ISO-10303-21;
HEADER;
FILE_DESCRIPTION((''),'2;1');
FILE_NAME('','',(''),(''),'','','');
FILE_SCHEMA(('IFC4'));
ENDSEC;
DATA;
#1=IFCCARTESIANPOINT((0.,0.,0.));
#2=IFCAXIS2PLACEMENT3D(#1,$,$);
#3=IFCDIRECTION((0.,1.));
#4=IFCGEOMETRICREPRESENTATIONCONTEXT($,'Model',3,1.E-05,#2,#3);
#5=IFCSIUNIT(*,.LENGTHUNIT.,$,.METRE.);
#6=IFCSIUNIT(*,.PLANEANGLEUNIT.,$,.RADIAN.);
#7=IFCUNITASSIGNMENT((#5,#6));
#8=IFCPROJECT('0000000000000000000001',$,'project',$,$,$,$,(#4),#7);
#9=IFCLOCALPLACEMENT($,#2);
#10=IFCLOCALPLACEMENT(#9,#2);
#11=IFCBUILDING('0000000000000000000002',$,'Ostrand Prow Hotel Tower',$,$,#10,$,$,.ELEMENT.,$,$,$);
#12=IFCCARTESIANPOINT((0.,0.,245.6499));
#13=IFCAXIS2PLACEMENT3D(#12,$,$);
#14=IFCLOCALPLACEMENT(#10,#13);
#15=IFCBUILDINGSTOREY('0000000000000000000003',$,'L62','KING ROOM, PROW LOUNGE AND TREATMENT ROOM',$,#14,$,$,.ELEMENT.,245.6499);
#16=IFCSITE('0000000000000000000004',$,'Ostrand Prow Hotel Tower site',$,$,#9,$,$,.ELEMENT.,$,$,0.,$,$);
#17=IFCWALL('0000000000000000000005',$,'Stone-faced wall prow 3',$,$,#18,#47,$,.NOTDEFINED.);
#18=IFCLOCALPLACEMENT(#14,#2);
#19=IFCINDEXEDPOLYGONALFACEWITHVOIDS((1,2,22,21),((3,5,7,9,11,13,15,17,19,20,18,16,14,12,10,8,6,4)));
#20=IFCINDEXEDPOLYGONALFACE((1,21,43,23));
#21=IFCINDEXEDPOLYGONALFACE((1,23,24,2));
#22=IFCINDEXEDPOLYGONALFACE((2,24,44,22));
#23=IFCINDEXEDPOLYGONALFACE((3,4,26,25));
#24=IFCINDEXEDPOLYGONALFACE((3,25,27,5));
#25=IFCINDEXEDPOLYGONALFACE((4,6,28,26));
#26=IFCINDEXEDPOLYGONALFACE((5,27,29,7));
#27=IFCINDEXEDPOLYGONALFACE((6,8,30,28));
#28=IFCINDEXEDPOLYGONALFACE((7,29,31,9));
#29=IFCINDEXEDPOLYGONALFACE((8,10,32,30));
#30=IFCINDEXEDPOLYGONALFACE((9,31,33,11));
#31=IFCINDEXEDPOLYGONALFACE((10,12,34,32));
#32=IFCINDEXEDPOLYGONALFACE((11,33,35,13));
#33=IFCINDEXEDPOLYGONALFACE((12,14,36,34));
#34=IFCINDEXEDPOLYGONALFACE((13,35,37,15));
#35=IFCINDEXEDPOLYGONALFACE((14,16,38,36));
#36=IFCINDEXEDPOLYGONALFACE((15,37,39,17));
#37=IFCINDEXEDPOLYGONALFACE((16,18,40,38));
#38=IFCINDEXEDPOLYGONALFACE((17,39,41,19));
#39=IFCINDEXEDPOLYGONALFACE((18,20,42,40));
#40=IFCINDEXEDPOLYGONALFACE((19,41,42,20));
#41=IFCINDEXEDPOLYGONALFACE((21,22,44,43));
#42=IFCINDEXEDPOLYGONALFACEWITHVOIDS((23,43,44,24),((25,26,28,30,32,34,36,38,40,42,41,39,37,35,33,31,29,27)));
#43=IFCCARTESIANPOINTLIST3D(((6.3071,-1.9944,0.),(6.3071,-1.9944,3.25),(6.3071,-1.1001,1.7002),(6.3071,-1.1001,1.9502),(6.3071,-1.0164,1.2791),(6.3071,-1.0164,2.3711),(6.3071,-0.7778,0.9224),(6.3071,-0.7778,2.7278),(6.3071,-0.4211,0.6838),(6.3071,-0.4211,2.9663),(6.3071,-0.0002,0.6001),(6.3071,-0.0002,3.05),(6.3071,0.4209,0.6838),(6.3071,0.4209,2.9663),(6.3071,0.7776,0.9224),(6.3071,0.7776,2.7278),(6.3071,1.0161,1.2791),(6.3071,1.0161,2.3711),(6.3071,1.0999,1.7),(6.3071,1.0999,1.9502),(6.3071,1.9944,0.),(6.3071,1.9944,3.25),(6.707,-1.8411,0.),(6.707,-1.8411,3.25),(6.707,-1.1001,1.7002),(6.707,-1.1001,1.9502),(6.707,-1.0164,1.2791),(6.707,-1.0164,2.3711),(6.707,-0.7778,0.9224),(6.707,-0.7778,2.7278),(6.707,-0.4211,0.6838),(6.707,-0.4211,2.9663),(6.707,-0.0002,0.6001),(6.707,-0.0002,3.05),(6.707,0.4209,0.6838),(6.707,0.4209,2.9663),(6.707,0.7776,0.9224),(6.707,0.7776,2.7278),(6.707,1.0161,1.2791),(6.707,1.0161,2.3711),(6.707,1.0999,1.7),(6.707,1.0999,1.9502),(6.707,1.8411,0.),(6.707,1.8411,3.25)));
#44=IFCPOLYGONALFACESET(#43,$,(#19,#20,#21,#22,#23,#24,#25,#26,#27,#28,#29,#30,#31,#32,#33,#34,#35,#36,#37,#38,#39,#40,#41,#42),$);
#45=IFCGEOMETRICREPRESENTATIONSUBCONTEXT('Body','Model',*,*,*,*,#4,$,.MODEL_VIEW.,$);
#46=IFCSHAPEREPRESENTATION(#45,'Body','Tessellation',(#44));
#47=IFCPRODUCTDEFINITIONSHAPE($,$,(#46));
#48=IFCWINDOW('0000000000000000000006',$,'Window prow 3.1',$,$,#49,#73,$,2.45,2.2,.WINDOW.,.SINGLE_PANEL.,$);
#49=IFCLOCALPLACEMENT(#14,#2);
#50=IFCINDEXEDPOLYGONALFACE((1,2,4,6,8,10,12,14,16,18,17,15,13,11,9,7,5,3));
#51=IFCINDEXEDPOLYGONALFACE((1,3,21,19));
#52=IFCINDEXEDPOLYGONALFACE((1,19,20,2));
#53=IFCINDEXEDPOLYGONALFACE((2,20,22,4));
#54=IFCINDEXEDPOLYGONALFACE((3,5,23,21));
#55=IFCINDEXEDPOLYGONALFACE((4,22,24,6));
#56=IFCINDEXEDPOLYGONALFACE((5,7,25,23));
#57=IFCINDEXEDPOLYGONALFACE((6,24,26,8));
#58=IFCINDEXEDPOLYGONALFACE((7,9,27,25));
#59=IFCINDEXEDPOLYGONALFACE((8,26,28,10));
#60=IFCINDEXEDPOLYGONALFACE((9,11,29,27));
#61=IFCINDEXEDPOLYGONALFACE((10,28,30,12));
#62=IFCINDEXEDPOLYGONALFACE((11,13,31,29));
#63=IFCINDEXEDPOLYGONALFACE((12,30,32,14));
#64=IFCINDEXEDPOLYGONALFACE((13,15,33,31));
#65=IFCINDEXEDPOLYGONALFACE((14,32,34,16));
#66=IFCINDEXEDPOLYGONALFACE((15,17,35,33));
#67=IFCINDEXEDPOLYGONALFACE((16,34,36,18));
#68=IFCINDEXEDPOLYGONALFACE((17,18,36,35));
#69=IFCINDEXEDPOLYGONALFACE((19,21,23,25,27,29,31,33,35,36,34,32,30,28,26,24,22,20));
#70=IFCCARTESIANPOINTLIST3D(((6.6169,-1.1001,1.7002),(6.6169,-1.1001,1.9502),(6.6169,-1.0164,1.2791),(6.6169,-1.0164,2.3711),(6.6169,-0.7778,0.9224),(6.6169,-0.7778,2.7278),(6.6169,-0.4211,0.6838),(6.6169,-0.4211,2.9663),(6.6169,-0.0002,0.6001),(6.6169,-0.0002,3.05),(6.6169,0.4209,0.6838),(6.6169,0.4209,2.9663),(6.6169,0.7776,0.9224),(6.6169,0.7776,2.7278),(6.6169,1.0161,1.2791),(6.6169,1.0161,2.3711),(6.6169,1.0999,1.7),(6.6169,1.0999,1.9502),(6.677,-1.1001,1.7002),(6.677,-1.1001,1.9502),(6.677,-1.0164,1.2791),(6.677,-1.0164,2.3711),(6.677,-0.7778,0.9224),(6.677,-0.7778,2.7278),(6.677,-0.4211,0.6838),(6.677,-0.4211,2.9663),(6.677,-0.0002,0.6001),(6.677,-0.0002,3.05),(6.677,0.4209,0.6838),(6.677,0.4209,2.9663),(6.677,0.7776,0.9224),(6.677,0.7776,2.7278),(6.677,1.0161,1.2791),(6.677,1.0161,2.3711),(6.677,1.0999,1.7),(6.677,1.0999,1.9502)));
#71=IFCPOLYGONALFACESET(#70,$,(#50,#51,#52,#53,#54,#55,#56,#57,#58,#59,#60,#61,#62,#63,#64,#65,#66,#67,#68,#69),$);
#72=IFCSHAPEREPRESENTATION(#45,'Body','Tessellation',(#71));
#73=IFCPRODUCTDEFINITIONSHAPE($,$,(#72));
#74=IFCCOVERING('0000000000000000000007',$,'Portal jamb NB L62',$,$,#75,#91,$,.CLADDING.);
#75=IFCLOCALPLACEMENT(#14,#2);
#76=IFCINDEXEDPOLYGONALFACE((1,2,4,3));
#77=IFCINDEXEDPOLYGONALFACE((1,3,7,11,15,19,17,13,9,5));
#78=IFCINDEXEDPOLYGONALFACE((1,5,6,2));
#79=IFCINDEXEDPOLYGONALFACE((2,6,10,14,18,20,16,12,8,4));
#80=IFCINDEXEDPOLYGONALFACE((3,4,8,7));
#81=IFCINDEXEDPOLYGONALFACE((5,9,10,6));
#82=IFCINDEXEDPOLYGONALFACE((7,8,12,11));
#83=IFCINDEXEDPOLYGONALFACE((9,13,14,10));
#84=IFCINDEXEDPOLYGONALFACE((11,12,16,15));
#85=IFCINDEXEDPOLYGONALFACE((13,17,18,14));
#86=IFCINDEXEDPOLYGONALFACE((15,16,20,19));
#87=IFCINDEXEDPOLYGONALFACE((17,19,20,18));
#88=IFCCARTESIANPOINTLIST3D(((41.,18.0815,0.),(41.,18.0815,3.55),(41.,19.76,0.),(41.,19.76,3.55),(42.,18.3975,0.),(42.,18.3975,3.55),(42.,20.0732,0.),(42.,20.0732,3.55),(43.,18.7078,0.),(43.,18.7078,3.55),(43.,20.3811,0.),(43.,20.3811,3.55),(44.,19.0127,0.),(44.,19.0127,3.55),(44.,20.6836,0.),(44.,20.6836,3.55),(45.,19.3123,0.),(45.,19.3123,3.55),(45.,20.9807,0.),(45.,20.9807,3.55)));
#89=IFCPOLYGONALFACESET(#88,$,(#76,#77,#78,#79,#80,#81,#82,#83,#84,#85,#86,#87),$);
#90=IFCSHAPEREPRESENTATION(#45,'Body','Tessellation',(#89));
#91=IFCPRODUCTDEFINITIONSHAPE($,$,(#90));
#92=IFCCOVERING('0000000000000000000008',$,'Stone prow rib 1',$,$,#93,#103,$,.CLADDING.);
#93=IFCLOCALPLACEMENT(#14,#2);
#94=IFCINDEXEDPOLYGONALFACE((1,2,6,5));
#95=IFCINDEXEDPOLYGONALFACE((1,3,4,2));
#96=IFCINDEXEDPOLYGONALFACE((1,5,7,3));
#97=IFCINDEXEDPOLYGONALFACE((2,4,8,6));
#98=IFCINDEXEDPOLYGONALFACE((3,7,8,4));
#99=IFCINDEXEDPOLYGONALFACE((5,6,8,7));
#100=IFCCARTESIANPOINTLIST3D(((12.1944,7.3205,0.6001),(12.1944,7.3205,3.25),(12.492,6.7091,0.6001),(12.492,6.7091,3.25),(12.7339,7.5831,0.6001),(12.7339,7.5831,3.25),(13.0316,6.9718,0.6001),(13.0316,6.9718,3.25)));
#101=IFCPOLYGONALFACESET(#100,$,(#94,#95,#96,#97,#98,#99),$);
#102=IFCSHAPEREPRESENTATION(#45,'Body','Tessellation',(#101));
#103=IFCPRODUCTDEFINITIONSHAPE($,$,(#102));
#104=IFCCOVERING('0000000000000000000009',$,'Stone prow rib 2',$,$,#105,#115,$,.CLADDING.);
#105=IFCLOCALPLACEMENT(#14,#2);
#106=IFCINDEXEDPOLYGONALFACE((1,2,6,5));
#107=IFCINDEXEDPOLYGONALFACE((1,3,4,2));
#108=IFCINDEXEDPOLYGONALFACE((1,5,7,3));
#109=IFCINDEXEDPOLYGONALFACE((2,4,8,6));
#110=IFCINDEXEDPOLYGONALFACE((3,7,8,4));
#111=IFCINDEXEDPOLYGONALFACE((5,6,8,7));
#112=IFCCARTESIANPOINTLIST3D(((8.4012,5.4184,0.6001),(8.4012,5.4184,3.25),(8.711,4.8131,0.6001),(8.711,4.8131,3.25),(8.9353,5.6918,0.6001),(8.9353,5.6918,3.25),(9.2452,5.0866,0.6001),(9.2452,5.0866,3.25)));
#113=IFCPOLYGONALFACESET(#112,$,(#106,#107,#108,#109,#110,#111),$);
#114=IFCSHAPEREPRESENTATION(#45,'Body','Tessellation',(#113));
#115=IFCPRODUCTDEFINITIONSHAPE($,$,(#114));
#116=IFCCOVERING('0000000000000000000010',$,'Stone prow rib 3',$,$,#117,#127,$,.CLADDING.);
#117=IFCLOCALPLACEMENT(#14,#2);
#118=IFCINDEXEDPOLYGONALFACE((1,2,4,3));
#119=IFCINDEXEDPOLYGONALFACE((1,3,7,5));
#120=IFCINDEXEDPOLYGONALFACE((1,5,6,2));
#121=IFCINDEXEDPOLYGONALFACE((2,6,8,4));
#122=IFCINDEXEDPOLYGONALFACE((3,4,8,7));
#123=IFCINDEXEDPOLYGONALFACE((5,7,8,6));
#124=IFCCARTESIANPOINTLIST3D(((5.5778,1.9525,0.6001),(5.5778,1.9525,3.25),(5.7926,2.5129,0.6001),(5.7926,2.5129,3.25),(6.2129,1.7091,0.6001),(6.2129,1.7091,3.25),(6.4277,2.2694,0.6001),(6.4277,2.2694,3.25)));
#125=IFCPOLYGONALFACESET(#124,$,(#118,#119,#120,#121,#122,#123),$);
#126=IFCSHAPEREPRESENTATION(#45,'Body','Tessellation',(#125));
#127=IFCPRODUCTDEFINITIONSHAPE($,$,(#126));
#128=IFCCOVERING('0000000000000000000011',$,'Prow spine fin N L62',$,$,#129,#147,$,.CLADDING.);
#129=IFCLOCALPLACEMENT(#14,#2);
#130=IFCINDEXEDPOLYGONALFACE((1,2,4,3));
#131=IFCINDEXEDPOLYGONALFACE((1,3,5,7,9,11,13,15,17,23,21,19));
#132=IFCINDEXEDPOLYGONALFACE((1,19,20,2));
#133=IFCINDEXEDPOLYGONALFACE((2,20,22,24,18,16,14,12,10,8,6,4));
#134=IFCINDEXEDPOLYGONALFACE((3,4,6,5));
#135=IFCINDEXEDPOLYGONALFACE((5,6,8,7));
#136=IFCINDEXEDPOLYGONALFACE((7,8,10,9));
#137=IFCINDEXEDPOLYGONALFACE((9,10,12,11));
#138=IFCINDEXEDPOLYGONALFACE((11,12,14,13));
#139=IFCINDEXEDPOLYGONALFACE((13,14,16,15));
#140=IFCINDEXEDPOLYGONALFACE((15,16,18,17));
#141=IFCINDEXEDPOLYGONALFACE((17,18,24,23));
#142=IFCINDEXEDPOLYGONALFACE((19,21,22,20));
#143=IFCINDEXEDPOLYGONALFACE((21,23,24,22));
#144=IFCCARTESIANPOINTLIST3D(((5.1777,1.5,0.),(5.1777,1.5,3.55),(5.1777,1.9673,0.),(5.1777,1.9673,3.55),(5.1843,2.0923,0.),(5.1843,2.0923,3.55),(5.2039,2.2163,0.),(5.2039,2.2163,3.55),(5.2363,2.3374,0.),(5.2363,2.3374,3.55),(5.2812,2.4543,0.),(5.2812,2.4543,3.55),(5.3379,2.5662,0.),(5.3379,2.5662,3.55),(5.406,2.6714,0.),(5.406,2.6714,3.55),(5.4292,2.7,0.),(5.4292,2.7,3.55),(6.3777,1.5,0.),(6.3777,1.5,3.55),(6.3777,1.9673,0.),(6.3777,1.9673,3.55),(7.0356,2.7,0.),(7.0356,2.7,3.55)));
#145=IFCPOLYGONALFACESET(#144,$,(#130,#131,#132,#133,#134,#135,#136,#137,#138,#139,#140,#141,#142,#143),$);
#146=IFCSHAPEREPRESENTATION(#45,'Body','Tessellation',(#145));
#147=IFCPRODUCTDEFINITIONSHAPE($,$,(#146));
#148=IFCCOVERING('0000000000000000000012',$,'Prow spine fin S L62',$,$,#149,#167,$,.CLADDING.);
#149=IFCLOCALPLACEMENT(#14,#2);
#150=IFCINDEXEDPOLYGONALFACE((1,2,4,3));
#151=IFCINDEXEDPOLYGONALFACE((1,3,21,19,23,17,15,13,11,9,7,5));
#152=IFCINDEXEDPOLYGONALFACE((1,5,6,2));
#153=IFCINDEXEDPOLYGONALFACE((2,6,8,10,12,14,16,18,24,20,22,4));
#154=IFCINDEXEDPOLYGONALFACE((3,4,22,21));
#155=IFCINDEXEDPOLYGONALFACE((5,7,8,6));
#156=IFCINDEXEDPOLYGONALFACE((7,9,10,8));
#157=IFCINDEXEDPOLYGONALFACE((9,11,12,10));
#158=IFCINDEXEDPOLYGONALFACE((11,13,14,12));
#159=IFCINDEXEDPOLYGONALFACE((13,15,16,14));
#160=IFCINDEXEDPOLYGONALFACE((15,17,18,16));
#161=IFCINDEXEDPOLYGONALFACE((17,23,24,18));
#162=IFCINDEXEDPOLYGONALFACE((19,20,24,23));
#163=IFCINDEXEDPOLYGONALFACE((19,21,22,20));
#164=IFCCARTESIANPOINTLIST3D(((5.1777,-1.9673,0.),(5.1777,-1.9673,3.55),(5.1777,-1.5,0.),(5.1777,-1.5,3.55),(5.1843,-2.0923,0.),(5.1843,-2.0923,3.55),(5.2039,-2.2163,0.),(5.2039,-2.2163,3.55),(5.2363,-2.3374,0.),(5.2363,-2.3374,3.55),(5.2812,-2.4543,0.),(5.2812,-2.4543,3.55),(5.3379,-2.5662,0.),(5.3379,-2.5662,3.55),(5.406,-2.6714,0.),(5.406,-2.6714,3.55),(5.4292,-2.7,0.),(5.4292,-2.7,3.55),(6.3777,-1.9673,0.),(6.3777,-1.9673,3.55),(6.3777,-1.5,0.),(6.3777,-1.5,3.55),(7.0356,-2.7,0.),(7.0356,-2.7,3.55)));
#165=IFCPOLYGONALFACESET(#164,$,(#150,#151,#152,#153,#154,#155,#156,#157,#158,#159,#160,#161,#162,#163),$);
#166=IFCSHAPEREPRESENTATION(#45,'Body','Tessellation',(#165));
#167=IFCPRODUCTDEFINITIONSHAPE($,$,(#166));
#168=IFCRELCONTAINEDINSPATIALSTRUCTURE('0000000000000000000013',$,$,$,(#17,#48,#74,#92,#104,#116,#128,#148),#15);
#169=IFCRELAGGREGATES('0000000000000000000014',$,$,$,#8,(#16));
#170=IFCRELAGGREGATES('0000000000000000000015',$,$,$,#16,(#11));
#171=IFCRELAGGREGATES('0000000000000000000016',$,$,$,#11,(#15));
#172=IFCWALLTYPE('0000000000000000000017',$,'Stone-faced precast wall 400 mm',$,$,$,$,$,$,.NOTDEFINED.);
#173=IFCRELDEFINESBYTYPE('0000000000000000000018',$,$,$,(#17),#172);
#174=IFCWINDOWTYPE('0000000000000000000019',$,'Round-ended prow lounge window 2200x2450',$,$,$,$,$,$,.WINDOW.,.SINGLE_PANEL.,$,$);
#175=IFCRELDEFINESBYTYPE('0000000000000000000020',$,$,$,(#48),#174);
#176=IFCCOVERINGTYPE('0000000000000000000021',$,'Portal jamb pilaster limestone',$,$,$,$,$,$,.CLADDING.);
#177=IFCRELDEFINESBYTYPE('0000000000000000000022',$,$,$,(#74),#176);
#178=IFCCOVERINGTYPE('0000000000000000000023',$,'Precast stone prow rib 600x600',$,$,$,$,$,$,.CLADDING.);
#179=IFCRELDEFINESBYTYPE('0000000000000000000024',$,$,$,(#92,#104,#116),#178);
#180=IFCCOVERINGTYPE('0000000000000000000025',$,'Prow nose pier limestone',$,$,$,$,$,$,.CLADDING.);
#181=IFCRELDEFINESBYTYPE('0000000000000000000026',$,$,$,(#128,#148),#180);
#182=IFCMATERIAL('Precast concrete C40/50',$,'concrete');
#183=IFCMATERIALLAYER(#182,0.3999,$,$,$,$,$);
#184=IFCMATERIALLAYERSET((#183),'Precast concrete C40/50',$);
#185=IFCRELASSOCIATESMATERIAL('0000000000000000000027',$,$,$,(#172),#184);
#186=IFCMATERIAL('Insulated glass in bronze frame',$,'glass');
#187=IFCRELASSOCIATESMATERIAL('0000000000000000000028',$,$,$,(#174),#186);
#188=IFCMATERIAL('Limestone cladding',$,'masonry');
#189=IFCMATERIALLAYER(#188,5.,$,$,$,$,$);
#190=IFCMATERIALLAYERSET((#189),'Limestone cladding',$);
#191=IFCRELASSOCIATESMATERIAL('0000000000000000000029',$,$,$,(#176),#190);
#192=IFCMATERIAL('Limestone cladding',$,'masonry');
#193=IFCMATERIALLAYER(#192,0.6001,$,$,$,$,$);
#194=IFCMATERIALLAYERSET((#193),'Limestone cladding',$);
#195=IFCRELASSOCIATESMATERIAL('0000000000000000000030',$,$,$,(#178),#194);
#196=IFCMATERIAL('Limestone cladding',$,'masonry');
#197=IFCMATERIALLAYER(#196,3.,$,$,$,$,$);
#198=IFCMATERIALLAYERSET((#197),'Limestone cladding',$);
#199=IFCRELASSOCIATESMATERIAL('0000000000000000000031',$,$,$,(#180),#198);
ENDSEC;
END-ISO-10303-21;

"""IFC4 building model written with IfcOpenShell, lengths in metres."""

from ifc_helpers import new_model, si_unit, direction, frame, frame_2d, origin, place, context, subcontext, project, spatial, polyline, rectangle, outline, extrude, material, layer, layer_set, type_object, element, fill, save


model = new_model("IFC4")

# Units and contexts
model_context = context("Model", 3, precision=1e-05, world=origin(), true_north=direction((0.0, 1.0)))
body_context = subcontext(model_context, "Body", "Model", "MODEL_VIEW")
ifc_project = project(units=[si_unit("LENGTHUNIT", "METRE"), si_unit("PLANEANGLEUNIT", "RADIAN")], contexts=[model_context])

# Site, building, storey
site_placement = place(None, origin())
site = spatial("IfcSite", under=ifc_project, at=site_placement, Name="Ostrand Prow Hotel Tower site", CompositionType="ELEMENT", RefElevation=0.0)
building_placement = place(site_placement, origin())
building = spatial("IfcBuilding", under=site, at=building_placement, Name="Ostrand Prow Hotel Tower", CompositionType="ELEMENT")
storey_placement = place(building_placement, frame((0.0, 0.0, 245.6499)))
storey = spatial("IfcBuildingStorey", under=building, at=storey_placement, Name="L62", Description="KING ROOM, PROW LOUNGE AND TREATMENT ROOM", CompositionType="ELEMENT", Elevation=245.6499)

# Wall, opening, window
ifc_material_1 = material(Name="Precast concrete C40/50", Category="concrete")
ifc_layer_1 = layer(ifc_material_1, 0.3999)
ifc_layer_set_1 = layer_set([ifc_layer_1], Name="Precast concrete C40/50")
wall_type_1 = type_object("IfcWallType", Name="Stone-faced precast wall 400 mm", PredefinedType="NOTDEFINED", material=ifc_layer_set_1)
ifc_material_2 = material(Name="Insulated glass in bronze frame", Category="glass")
window_type = type_object("IfcWindowType", Name="Round-ended prow lounge window 2200x2450", PartitioningType="SINGLE_PANEL", PredefinedType="WINDOW", material=ifc_material_2)
wall_1_placement = place(storey_placement, frame((6.5071, 1.9177, 0.0), z_axis=(0.0, 0.0, 1.0), x_axis=(0.0, -1.0, 0.0)))
wall_1 = element("IfcWall", 1, at=wall_1_placement, inside=storey, type_object=wall_type_1, Name="Stone-faced wall prow 3", PredefinedType="NOTDEFINED", context=body_context, shape_type="SweptSolid", body=[
    extrude(outline(polyline([(-0.0767, -0.2), (3.9121, -0.2), (3.7588, 0.2), (0.0767, 0.2), (-0.0767, -0.2)])), origin(), (0.0, 0.0, 1.0), 3.25),
])
opening_1_placement = place(wall_1_placement, frame((0.8179, 0.0, 0.6001)))
opening_1 = element("IfcOpeningElement", 2, at=opening_1_placement, cuts=wall_1, PredefinedType="OPENING", context=body_context, shape_type="SweptSolid", body=[
    extrude(outline(polyline([(0.0, 1.3501), (0.0837, 1.771), (0.3223, 2.1277), (0.679, 2.3662), (1.1001, 2.45), (1.521, 2.3662), (1.8777, 2.1277), (2.1162, 1.771), (2.2, 1.3501), (2.2, 1.1001), (2.1162, 0.679), (1.8777, 0.3223), (1.521, 0.0837), (1.1001, 0.0), (0.679, 0.0837), (0.3223, 0.3223), (0.0837, 0.679), (0.0, 1.0999), (0.0, 1.3501)])), frame((0.0, 0.21, 0.0), z_axis=(0.0, -1.0, 0.0), x_axis=(1.0, 0.0, 0.0)), (0.0, 0.0, 1.0), 0.4199),
])
window_1_placement = place(opening_1_placement, origin())
window_1 = element("IfcWindow", 3, at=window_1_placement, inside=storey, type_object=window_type, Name="Window prow 3.1", OverallHeight=2.45, OverallWidth=2.2, PartitioningType="SINGLE_PANEL", PredefinedType="WINDOW", context=body_context, shape_type="SweptSolid", body=[
    extrude(outline(polyline([(0.0, 1.3501), (0.0837, 1.771), (0.3223, 2.1277), (0.679, 2.3662), (1.1001, 2.45), (1.521, 2.3662), (1.8777, 2.1277), (2.1162, 1.771), (2.2, 1.3501), (2.2, 1.1001), (2.1162, 0.679), (1.8777, 0.3223), (1.521, 0.0837), (1.1001, 0.0), (0.679, 0.0837), (0.3223, 0.3223), (0.0837, 0.679), (0.0, 1.0999), (0.0, 1.3501)])), frame((0.0, 0.1699, 0.0), z_axis=(0.0, -1.0, 0.0), x_axis=(1.0, 0.0, 0.0)), (0.0, 0.0, 1.0), 0.0601),
])
fill(opening_1, window_1)

# Coverings
ifc_material_3 = material(Name="Limestone cladding", Category="masonry")
ifc_layer_2 = layer(ifc_material_3, 5.0)
ifc_layer_set_2 = layer_set([ifc_layer_2], Name="Limestone cladding")
covering_type_1 = type_object("IfcCoveringType", Name="Portal jamb pilaster limestone", PredefinedType="CLADDING", material=ifc_layer_set_2)
covering_1_placement = place(storey_placement, origin())
element("IfcCovering", 4, at=covering_1_placement, inside=storey, type_object=covering_type_1, Name="Portal jamb NB L62", PredefinedType="CLADDING", context=body_context, shape_type="SweptSolid", body=[
    extrude(outline(polyline([(41.0, 18.0815), (42.0, 18.3975), (43.0, 18.7078), (44.0, 19.0127), (45.0, 19.3123), (45.0, 20.9807), (44.0, 20.6836), (43.0, 20.3811), (42.0, 20.0732), (41.0, 19.76), (41.0, 18.0815)])), origin(), (0.0, 0.0, 1.0), 3.55),
])
ifc_material_4 = material(Name="Limestone cladding", Category="masonry")
ifc_layer_3 = layer(ifc_material_4, 0.6001)
ifc_layer_set_3 = layer_set([ifc_layer_3], Name="Limestone cladding")
covering_type_2 = type_object("IfcCoveringType", Name="Precast stone prow rib 600x600", PredefinedType="CLADDING", material=ifc_layer_set_3)
for number, where, z_axis, x_axis, name in (
    (5, (12.7617, 6.8406, 0.6001), (0.0, 0.0, 1.0), (-0.437709, 0.899117, 0.0), "Stone prow rib 1"),
    (6, (8.978, 4.95, 0.6001), (0.0, 0.0, 1.0), (-0.455668, 0.89015, 0.0), "Stone prow rib 2"),
):
    element("IfcCovering", number, at=place(storey_placement, frame(where, z_axis=z_axis, x_axis=x_axis)), inside=storey, type_object=covering_type_2, Name=name, PredefinedType="CLADDING", context=body_context, shape_type="SweptSolid", body=[
        extrude(rectangle(XDim=0.6799, YDim=0.6001, at=frame_2d((0.3398, 0.0))), origin(), (0.0, 0.0, 1.0), 2.6499),
    ])
covering_2_placement = place(storey_placement, frame((6.3203, 1.9893, 0.6001), z_axis=(0.0, 0.0, 1.0), x_axis=(-0.933752, 0.35792, 0.0)))
element("IfcCovering", 7, at=covering_2_placement, inside=storey, type_object=covering_type_2, Name="Stone prow rib 3", PredefinedType="CLADDING", context=body_context, shape_type="SweptSolid", body=[
    extrude(rectangle(XDim=0.6802, YDim=0.6001, at=frame_2d((0.3401, 0.0))), origin(), (0.0, 0.0, 1.0), 2.6499),
])
ifc_material_5 = material(Name="Limestone cladding", Category="masonry")
ifc_layer_4 = layer(ifc_material_5, 3.0)
ifc_layer_set_4 = layer_set([ifc_layer_4], Name="Limestone cladding")
covering_type_3 = type_object("IfcCoveringType", Name="Prow nose pier limestone", PredefinedType="CLADDING", material=ifc_layer_set_4)
covering_3_placement = place(storey_placement, origin())
element("IfcCovering", 8, at=covering_3_placement, inside=storey, type_object=covering_type_3, Name="Prow spine fin N L62", PredefinedType="CLADDING", context=body_context, shape_type="SweptSolid", body=[
    extrude(outline(polyline([(5.1777, 1.9673), (5.1777, 1.5), (6.3777, 1.5), (6.3777, 1.9673), (7.0356, 2.7), (5.4292, 2.7), (5.406, 2.6714), (5.3379, 2.5662), (5.2812, 2.4543), (5.2363, 2.3374), (5.2039, 2.2163), (5.1843, 2.0923), (5.1777, 1.9673)])), origin(), (0.0, 0.0, 1.0), 3.55),
])
covering_4_placement = place(storey_placement, origin())
element("IfcCovering", 9, at=covering_4_placement, inside=storey, type_object=covering_type_3, Name="Prow spine fin S L62", PredefinedType="CLADDING", context=body_context, shape_type="SweptSolid", body=[
    extrude(outline(polyline([(5.406, -2.6714), (5.4292, -2.7), (7.0356, -2.7), (6.3777, -1.9673), (6.3777, -1.5), (5.1777, -1.5), (5.1777, -1.9673), (5.1843, -2.0923), (5.2039, -2.2163), (5.2363, -2.3374), (5.2812, -2.4543), (5.3379, -2.5662), (5.406, -2.6714)])), origin(), (0.0, 0.0, 1.0), 3.55),
])

save(model, "model.ifc")
